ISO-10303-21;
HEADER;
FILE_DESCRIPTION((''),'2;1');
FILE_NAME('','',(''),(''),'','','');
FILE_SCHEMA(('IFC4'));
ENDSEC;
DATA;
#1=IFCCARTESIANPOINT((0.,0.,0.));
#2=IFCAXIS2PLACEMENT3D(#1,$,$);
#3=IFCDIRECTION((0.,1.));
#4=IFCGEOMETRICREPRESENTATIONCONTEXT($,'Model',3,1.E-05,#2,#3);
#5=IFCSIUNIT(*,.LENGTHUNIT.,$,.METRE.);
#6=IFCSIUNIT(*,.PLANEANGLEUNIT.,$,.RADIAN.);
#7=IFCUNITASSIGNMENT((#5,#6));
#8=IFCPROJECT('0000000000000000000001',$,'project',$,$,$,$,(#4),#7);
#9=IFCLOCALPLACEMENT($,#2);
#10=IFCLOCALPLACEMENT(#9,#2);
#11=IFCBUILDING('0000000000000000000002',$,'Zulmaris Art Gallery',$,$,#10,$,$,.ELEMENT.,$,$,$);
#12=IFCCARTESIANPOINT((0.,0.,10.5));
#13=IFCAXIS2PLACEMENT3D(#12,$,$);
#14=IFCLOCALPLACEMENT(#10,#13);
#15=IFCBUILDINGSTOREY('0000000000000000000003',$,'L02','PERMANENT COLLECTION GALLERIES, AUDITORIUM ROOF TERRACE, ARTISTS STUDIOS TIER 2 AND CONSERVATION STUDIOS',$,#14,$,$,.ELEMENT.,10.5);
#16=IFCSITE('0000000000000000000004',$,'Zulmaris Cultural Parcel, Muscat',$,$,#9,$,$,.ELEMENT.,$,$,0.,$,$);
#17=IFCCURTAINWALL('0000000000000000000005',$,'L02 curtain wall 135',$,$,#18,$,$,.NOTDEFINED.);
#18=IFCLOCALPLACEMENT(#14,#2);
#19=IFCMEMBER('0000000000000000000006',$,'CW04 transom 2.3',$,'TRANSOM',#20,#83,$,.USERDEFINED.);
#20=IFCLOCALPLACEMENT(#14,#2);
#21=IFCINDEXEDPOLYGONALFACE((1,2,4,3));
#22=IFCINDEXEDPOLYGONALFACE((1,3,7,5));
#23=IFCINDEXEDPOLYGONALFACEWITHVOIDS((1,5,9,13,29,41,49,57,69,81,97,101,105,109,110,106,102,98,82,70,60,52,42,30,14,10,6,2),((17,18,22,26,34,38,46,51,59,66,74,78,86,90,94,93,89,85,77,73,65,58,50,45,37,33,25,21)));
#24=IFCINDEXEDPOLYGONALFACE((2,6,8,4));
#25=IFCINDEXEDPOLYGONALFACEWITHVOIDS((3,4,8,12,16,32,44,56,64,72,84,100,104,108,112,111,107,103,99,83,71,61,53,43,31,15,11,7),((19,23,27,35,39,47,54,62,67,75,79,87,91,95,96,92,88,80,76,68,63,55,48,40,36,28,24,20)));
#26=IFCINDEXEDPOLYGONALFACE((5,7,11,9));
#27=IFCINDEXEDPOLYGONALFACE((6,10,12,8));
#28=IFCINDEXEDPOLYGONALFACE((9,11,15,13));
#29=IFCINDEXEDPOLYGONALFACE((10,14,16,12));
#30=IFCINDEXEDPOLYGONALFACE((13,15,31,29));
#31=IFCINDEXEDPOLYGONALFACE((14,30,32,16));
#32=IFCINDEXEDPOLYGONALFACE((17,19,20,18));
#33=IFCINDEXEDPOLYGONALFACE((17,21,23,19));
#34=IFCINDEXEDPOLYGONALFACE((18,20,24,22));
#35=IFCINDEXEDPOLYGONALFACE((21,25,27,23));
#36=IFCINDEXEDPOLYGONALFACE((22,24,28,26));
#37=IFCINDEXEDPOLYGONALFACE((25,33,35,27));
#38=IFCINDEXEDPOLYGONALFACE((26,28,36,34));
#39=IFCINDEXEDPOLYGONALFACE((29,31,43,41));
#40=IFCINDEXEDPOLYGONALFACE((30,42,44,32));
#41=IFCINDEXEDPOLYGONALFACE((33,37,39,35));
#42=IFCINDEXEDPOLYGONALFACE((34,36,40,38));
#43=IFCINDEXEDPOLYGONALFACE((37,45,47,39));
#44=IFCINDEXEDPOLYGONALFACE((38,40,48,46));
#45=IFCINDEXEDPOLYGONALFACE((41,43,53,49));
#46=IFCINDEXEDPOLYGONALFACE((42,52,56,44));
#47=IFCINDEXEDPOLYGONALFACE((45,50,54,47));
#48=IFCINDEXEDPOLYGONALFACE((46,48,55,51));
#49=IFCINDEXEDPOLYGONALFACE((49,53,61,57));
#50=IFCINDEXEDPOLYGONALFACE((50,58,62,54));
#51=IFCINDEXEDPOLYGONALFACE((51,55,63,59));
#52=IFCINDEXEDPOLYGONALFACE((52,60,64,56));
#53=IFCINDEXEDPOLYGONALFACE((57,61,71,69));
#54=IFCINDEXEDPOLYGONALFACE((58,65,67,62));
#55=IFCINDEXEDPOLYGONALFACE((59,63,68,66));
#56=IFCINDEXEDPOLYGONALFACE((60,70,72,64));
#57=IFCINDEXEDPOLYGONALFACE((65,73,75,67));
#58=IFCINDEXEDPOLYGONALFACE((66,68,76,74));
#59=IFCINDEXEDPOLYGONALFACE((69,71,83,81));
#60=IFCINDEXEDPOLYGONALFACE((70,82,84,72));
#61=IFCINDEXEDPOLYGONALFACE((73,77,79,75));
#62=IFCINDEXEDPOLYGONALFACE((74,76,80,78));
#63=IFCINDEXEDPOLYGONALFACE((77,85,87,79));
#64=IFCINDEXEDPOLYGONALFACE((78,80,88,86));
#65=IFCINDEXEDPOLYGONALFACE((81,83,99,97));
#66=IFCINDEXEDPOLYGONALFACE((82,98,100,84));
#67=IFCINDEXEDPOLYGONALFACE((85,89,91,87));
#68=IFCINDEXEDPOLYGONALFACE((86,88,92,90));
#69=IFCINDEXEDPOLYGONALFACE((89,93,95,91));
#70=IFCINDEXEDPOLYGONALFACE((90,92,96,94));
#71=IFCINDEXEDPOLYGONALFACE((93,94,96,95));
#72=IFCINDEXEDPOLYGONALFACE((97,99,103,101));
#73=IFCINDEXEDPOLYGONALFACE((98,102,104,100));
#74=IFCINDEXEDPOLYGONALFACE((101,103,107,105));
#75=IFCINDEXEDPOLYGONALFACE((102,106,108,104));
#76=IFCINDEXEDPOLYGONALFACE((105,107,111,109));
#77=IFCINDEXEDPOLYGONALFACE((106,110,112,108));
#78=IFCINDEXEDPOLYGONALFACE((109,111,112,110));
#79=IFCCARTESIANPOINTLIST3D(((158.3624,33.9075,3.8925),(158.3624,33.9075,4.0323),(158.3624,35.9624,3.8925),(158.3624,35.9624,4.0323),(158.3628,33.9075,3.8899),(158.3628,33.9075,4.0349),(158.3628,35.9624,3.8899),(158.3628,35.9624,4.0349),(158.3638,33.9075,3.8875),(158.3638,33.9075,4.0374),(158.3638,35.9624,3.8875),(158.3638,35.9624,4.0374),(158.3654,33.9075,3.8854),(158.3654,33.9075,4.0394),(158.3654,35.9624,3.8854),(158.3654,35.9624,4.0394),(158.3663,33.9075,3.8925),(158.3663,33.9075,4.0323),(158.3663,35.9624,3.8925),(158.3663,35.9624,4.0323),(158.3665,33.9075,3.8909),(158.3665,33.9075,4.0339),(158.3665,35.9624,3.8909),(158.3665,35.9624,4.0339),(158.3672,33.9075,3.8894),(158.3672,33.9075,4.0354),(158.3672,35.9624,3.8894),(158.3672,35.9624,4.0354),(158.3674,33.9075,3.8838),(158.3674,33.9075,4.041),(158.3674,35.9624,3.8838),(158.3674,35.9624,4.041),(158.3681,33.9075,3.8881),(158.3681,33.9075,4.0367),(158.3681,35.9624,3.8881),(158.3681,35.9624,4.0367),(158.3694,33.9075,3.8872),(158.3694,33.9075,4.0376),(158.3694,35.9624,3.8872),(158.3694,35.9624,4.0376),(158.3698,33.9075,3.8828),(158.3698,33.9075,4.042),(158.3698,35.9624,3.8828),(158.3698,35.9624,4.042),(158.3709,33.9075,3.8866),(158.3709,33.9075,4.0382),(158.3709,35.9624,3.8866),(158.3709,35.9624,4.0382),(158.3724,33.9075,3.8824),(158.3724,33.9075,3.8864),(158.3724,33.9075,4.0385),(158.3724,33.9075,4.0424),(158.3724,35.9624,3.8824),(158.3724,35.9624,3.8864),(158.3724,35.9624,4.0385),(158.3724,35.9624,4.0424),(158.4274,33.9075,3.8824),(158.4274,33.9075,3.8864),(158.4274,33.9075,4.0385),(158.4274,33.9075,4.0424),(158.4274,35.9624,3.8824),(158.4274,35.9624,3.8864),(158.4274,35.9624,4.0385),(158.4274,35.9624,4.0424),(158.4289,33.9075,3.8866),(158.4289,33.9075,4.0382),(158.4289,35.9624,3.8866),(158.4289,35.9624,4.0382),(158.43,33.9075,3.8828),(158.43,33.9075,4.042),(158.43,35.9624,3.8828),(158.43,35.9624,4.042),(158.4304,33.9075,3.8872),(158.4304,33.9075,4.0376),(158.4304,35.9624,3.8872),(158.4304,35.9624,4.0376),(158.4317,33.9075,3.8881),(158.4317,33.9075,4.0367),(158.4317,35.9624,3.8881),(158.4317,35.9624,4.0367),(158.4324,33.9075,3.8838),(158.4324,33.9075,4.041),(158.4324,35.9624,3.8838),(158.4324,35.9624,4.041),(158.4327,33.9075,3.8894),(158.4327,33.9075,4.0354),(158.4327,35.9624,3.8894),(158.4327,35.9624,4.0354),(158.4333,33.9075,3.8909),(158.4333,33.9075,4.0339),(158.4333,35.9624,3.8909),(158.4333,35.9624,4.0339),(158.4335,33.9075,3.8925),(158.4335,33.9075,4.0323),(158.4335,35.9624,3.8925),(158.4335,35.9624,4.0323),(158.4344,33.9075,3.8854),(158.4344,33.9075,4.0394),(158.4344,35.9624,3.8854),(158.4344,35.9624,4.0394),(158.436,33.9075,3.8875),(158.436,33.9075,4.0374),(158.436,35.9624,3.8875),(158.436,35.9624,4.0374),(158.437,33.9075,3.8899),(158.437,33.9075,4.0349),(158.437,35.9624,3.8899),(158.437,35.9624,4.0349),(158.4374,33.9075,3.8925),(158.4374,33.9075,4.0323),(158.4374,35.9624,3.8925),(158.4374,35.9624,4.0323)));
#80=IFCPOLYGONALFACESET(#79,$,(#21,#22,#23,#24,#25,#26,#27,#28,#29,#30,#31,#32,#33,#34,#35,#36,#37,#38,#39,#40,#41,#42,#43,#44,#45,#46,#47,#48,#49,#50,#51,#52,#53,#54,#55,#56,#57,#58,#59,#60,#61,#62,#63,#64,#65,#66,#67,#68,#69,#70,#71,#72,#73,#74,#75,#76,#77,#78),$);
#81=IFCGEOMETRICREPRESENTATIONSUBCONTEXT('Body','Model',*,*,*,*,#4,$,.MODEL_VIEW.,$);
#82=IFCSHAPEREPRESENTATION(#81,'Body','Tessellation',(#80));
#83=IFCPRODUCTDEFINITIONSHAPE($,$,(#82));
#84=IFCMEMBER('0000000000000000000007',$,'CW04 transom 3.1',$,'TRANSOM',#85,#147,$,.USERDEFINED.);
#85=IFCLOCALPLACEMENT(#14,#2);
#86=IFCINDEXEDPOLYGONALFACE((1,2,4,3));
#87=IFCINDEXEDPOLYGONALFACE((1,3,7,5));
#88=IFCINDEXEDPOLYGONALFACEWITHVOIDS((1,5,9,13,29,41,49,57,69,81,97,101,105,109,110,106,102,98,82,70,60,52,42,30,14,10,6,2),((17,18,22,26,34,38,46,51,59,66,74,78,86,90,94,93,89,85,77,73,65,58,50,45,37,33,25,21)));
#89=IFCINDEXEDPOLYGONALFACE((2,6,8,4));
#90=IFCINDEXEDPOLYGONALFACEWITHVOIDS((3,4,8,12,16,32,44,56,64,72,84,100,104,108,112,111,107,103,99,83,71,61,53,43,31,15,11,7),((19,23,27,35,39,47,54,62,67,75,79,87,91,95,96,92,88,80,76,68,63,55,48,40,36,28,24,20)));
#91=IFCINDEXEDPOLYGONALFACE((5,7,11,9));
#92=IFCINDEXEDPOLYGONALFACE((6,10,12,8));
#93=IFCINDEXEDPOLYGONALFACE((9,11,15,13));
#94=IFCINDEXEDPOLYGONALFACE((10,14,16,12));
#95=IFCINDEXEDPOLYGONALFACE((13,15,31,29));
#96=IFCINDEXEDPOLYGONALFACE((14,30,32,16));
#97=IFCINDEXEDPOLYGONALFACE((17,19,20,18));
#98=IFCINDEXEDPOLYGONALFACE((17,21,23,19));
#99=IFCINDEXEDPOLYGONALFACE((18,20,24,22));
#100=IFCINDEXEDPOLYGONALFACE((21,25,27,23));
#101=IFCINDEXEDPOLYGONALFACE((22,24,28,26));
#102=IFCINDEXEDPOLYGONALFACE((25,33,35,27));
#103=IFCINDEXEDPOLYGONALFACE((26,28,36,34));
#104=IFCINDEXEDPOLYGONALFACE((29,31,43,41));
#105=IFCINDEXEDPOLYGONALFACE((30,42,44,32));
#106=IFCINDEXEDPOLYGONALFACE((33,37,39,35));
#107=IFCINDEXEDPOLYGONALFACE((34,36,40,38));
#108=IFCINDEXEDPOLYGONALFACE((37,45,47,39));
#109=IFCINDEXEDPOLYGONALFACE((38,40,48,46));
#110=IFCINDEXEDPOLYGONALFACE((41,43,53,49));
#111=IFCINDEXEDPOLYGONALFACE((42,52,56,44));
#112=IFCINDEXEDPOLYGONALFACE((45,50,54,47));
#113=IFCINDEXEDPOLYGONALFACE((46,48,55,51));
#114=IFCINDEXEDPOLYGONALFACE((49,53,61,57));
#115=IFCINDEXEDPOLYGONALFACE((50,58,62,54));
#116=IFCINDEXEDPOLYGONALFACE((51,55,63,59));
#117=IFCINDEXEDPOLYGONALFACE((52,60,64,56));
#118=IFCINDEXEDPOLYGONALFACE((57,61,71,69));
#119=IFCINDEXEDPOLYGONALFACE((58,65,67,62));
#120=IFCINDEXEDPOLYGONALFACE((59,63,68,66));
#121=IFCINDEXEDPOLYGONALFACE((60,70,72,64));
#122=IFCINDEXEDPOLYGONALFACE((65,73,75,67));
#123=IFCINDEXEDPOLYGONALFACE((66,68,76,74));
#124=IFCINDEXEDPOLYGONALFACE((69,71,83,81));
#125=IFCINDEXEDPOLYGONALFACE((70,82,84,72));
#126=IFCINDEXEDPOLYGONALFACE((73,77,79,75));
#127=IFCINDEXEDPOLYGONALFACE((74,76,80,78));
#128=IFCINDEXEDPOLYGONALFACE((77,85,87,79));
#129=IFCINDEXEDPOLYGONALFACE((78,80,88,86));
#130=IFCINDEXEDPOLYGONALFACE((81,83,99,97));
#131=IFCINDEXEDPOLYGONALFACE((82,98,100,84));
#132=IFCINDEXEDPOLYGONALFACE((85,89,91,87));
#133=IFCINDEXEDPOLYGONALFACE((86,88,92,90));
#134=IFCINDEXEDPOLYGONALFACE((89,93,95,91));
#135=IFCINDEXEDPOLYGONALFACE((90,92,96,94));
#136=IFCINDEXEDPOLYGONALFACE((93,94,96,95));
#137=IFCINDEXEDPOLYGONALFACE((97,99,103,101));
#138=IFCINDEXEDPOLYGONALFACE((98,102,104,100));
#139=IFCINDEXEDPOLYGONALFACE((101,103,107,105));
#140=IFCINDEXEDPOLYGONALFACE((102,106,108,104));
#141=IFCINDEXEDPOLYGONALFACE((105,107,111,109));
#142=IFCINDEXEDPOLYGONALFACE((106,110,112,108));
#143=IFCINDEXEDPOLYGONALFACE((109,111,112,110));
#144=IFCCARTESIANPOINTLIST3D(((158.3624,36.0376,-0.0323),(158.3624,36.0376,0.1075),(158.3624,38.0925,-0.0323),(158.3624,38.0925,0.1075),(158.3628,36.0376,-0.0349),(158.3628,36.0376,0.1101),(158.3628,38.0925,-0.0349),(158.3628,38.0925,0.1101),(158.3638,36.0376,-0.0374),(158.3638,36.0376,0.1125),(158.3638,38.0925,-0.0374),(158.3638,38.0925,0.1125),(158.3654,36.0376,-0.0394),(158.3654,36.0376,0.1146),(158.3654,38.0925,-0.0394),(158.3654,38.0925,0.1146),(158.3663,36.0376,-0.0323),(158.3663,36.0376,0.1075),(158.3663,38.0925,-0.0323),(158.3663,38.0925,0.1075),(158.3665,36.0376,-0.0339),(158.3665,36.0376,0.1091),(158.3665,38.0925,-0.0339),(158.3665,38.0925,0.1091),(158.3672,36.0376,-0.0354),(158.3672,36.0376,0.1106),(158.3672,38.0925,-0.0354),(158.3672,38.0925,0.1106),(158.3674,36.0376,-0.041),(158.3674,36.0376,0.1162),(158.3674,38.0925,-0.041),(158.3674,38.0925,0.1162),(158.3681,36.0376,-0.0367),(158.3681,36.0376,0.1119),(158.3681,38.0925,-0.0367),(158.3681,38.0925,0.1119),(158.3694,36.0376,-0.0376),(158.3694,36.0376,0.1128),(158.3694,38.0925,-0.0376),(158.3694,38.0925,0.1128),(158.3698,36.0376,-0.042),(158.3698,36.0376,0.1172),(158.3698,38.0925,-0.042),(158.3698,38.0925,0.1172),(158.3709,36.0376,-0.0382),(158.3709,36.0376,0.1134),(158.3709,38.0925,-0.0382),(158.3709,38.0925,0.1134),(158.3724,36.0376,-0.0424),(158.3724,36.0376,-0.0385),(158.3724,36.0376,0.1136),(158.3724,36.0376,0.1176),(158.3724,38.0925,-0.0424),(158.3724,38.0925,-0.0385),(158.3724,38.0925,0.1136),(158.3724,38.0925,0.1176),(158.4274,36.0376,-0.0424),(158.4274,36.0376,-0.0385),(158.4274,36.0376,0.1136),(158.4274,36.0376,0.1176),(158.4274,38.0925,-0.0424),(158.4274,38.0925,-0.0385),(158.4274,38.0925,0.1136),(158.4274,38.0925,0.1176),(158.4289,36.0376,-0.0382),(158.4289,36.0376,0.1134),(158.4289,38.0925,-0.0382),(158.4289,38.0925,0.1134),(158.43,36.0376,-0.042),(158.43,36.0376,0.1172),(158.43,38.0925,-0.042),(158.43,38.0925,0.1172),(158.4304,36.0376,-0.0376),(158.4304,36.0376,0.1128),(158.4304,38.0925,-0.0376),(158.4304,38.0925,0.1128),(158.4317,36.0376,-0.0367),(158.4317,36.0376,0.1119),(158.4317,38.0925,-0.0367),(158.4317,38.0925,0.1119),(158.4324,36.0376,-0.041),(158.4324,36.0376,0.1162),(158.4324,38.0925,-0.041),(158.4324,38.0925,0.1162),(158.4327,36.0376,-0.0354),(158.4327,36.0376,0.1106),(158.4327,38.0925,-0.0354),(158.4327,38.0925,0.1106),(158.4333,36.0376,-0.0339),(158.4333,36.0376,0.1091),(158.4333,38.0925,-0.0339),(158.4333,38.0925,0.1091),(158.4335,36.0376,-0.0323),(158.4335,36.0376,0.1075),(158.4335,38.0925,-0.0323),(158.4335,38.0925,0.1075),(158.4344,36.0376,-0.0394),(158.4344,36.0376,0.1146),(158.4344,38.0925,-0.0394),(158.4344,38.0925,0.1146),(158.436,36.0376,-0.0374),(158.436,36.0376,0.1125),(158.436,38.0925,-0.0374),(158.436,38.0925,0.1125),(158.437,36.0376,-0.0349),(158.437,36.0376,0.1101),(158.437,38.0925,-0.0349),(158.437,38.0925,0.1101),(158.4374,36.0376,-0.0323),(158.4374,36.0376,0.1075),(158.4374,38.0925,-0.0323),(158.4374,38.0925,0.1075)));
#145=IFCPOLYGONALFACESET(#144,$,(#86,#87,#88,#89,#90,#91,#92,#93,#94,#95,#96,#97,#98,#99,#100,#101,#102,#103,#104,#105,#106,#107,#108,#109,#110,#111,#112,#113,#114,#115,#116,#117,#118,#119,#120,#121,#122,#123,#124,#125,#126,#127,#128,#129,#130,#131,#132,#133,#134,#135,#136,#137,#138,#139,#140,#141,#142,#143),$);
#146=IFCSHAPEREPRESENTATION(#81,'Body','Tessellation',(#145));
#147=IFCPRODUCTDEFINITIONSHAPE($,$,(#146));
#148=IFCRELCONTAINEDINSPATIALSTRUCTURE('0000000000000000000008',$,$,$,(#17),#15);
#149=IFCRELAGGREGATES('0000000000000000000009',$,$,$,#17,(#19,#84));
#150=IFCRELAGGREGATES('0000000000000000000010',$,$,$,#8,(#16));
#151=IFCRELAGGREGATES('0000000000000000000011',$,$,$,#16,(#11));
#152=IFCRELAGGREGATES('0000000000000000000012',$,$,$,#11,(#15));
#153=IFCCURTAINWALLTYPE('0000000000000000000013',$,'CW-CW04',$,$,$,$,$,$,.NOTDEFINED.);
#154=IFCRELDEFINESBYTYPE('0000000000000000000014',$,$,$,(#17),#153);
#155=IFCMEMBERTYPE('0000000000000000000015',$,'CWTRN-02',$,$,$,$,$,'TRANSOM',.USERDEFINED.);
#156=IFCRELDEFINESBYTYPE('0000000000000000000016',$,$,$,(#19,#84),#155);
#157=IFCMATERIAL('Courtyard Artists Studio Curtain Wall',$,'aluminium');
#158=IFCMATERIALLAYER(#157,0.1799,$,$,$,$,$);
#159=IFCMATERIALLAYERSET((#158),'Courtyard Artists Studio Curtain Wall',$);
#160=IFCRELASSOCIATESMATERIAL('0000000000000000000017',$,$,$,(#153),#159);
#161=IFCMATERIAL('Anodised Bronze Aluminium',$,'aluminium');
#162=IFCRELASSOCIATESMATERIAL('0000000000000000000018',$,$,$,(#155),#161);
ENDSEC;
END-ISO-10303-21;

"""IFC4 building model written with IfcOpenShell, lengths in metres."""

from ifc_helpers import new_model, si_unit, direction, frame, origin, origin_2d, place, context, subcontext, project, spatial, hollow_rectangle, extrude, material, layer, layer_set, material_profile, profile_set, type_object, element, aggregate, save


model = new_model("IFC4")

# Units and contexts
model_context = context("Model", 3, precision=1e-05, world=origin(), true_north=direction((0.0, 1.0)))
body_context = subcontext(model_context, "Body", "Model", "MODEL_VIEW")
ifc_project = project(units=[si_unit("LENGTHUNIT", "METRE"), si_unit("PLANEANGLEUNIT", "RADIAN")], contexts=[model_context])

# Site, building, storey
site_placement = place(None, origin())
site = spatial("IfcSite", under=ifc_project, at=site_placement, Name="Zulmaris Cultural Parcel, Muscat", CompositionType="ELEMENT", RefElevation=0.0)
building_placement = place(site_placement, origin())
building = spatial("IfcBuilding", under=site, at=building_placement, Name="Zulmaris Art Gallery", CompositionType="ELEMENT")
storey_placement = place(building_placement, frame((0.0, 0.0, 10.5)))
storey = spatial("IfcBuildingStorey", under=building, at=storey_placement, Name="L02", Description="PERMANENT COLLECTION GALLERIES, AUDITORIUM ROOF TERRACE, ARTISTS STUDIOS TIER 2 AND CONSERVATION STUDIOS", CompositionType="ELEMENT", Elevation=10.5)

# Curtain wall, members
ifc_material_1 = material(Name="Courtyard Artists Studio Curtain Wall", Category="aluminium")
ifc_layer_1 = layer(ifc_material_1, 0.1799)
ifc_layer_set_1 = layer_set([ifc_layer_1], Name="Courtyard Artists Studio Curtain Wall")
curtain_wall_type = type_object("IfcCurtainWallType", Name="CW-CW04", PredefinedType="NOTDEFINED", material=ifc_layer_set_1)
curtain_wall_placement = place(storey_placement, origin())
curtain_wall = element("IfcCurtainWall", 1, at=curtain_wall_placement, inside=storey, type_object=curtain_wall_type, Name="L02 curtain wall 135", PredefinedType="NOTDEFINED")
ifc_material_2 = material(Name="Anodised Bronze Aluminium", Category="aluminium")
ifc_material_profile_1 = material_profile(ifc_material_2, hollow_rectangle(XDim=0.075, YDim=0.1599, WallThickness=0.0039, InnerFilletRadius=0.0061, OuterFilletRadius=0.01, at=origin_2d()), Name="ALU 75x160x4")
ifc_profile_set_1 = profile_set([ifc_material_profile_1], Name="Anodised Bronze Aluminium")
member_type_1 = type_object("IfcMemberType", Name="CWTRN-02", ElementType="TRANSOM", PredefinedType="USERDEFINED", material=ifc_profile_set_1)
member_1_placement = place(storey_placement, frame((158.3999, 33.9075, 3.9624), z_axis=(0.0, 1.0, 0.0), x_axis=(-1.0, 0.0, 0.0)))
member_1 = element("IfcMember", 2, at=member_1_placement, type_object=member_type_1, Name="CW04 transom 2.3", ObjectType="TRANSOM", PredefinedType="USERDEFINED", context=body_context, shape_type="SweptSolid", body=[
    extrude(hollow_rectangle(XDim=0.075, YDim=0.1599, WallThickness=0.0039, InnerFilletRadius=0.0061, OuterFilletRadius=0.01, at=origin_2d()), origin(), (0.0, 0.0, 1.0), 2.0549),
])
member_2_placement = place(storey_placement, frame((158.3999, 36.0376, 0.0376), z_axis=(0.0, 1.0, 0.0), x_axis=(-1.0, 0.0, 0.0)))
member_2 = element("IfcMember", 3, at=member_2_placement, type_object=member_type_1, Name="CW04 transom 3.1", ObjectType="TRANSOM", PredefinedType="USERDEFINED", context=body_context, shape_type="SweptSolid", body=[
    extrude(hollow_rectangle(XDim=0.075, YDim=0.1599, WallThickness=0.0039, InnerFilletRadius=0.0061, OuterFilletRadius=0.01, at=origin_2d()), origin(), (0.0, 0.0, 1.0), 2.0549),
])
aggregate(curtain_wall, [member_1, member_2])

save(model, "model.ifc")
